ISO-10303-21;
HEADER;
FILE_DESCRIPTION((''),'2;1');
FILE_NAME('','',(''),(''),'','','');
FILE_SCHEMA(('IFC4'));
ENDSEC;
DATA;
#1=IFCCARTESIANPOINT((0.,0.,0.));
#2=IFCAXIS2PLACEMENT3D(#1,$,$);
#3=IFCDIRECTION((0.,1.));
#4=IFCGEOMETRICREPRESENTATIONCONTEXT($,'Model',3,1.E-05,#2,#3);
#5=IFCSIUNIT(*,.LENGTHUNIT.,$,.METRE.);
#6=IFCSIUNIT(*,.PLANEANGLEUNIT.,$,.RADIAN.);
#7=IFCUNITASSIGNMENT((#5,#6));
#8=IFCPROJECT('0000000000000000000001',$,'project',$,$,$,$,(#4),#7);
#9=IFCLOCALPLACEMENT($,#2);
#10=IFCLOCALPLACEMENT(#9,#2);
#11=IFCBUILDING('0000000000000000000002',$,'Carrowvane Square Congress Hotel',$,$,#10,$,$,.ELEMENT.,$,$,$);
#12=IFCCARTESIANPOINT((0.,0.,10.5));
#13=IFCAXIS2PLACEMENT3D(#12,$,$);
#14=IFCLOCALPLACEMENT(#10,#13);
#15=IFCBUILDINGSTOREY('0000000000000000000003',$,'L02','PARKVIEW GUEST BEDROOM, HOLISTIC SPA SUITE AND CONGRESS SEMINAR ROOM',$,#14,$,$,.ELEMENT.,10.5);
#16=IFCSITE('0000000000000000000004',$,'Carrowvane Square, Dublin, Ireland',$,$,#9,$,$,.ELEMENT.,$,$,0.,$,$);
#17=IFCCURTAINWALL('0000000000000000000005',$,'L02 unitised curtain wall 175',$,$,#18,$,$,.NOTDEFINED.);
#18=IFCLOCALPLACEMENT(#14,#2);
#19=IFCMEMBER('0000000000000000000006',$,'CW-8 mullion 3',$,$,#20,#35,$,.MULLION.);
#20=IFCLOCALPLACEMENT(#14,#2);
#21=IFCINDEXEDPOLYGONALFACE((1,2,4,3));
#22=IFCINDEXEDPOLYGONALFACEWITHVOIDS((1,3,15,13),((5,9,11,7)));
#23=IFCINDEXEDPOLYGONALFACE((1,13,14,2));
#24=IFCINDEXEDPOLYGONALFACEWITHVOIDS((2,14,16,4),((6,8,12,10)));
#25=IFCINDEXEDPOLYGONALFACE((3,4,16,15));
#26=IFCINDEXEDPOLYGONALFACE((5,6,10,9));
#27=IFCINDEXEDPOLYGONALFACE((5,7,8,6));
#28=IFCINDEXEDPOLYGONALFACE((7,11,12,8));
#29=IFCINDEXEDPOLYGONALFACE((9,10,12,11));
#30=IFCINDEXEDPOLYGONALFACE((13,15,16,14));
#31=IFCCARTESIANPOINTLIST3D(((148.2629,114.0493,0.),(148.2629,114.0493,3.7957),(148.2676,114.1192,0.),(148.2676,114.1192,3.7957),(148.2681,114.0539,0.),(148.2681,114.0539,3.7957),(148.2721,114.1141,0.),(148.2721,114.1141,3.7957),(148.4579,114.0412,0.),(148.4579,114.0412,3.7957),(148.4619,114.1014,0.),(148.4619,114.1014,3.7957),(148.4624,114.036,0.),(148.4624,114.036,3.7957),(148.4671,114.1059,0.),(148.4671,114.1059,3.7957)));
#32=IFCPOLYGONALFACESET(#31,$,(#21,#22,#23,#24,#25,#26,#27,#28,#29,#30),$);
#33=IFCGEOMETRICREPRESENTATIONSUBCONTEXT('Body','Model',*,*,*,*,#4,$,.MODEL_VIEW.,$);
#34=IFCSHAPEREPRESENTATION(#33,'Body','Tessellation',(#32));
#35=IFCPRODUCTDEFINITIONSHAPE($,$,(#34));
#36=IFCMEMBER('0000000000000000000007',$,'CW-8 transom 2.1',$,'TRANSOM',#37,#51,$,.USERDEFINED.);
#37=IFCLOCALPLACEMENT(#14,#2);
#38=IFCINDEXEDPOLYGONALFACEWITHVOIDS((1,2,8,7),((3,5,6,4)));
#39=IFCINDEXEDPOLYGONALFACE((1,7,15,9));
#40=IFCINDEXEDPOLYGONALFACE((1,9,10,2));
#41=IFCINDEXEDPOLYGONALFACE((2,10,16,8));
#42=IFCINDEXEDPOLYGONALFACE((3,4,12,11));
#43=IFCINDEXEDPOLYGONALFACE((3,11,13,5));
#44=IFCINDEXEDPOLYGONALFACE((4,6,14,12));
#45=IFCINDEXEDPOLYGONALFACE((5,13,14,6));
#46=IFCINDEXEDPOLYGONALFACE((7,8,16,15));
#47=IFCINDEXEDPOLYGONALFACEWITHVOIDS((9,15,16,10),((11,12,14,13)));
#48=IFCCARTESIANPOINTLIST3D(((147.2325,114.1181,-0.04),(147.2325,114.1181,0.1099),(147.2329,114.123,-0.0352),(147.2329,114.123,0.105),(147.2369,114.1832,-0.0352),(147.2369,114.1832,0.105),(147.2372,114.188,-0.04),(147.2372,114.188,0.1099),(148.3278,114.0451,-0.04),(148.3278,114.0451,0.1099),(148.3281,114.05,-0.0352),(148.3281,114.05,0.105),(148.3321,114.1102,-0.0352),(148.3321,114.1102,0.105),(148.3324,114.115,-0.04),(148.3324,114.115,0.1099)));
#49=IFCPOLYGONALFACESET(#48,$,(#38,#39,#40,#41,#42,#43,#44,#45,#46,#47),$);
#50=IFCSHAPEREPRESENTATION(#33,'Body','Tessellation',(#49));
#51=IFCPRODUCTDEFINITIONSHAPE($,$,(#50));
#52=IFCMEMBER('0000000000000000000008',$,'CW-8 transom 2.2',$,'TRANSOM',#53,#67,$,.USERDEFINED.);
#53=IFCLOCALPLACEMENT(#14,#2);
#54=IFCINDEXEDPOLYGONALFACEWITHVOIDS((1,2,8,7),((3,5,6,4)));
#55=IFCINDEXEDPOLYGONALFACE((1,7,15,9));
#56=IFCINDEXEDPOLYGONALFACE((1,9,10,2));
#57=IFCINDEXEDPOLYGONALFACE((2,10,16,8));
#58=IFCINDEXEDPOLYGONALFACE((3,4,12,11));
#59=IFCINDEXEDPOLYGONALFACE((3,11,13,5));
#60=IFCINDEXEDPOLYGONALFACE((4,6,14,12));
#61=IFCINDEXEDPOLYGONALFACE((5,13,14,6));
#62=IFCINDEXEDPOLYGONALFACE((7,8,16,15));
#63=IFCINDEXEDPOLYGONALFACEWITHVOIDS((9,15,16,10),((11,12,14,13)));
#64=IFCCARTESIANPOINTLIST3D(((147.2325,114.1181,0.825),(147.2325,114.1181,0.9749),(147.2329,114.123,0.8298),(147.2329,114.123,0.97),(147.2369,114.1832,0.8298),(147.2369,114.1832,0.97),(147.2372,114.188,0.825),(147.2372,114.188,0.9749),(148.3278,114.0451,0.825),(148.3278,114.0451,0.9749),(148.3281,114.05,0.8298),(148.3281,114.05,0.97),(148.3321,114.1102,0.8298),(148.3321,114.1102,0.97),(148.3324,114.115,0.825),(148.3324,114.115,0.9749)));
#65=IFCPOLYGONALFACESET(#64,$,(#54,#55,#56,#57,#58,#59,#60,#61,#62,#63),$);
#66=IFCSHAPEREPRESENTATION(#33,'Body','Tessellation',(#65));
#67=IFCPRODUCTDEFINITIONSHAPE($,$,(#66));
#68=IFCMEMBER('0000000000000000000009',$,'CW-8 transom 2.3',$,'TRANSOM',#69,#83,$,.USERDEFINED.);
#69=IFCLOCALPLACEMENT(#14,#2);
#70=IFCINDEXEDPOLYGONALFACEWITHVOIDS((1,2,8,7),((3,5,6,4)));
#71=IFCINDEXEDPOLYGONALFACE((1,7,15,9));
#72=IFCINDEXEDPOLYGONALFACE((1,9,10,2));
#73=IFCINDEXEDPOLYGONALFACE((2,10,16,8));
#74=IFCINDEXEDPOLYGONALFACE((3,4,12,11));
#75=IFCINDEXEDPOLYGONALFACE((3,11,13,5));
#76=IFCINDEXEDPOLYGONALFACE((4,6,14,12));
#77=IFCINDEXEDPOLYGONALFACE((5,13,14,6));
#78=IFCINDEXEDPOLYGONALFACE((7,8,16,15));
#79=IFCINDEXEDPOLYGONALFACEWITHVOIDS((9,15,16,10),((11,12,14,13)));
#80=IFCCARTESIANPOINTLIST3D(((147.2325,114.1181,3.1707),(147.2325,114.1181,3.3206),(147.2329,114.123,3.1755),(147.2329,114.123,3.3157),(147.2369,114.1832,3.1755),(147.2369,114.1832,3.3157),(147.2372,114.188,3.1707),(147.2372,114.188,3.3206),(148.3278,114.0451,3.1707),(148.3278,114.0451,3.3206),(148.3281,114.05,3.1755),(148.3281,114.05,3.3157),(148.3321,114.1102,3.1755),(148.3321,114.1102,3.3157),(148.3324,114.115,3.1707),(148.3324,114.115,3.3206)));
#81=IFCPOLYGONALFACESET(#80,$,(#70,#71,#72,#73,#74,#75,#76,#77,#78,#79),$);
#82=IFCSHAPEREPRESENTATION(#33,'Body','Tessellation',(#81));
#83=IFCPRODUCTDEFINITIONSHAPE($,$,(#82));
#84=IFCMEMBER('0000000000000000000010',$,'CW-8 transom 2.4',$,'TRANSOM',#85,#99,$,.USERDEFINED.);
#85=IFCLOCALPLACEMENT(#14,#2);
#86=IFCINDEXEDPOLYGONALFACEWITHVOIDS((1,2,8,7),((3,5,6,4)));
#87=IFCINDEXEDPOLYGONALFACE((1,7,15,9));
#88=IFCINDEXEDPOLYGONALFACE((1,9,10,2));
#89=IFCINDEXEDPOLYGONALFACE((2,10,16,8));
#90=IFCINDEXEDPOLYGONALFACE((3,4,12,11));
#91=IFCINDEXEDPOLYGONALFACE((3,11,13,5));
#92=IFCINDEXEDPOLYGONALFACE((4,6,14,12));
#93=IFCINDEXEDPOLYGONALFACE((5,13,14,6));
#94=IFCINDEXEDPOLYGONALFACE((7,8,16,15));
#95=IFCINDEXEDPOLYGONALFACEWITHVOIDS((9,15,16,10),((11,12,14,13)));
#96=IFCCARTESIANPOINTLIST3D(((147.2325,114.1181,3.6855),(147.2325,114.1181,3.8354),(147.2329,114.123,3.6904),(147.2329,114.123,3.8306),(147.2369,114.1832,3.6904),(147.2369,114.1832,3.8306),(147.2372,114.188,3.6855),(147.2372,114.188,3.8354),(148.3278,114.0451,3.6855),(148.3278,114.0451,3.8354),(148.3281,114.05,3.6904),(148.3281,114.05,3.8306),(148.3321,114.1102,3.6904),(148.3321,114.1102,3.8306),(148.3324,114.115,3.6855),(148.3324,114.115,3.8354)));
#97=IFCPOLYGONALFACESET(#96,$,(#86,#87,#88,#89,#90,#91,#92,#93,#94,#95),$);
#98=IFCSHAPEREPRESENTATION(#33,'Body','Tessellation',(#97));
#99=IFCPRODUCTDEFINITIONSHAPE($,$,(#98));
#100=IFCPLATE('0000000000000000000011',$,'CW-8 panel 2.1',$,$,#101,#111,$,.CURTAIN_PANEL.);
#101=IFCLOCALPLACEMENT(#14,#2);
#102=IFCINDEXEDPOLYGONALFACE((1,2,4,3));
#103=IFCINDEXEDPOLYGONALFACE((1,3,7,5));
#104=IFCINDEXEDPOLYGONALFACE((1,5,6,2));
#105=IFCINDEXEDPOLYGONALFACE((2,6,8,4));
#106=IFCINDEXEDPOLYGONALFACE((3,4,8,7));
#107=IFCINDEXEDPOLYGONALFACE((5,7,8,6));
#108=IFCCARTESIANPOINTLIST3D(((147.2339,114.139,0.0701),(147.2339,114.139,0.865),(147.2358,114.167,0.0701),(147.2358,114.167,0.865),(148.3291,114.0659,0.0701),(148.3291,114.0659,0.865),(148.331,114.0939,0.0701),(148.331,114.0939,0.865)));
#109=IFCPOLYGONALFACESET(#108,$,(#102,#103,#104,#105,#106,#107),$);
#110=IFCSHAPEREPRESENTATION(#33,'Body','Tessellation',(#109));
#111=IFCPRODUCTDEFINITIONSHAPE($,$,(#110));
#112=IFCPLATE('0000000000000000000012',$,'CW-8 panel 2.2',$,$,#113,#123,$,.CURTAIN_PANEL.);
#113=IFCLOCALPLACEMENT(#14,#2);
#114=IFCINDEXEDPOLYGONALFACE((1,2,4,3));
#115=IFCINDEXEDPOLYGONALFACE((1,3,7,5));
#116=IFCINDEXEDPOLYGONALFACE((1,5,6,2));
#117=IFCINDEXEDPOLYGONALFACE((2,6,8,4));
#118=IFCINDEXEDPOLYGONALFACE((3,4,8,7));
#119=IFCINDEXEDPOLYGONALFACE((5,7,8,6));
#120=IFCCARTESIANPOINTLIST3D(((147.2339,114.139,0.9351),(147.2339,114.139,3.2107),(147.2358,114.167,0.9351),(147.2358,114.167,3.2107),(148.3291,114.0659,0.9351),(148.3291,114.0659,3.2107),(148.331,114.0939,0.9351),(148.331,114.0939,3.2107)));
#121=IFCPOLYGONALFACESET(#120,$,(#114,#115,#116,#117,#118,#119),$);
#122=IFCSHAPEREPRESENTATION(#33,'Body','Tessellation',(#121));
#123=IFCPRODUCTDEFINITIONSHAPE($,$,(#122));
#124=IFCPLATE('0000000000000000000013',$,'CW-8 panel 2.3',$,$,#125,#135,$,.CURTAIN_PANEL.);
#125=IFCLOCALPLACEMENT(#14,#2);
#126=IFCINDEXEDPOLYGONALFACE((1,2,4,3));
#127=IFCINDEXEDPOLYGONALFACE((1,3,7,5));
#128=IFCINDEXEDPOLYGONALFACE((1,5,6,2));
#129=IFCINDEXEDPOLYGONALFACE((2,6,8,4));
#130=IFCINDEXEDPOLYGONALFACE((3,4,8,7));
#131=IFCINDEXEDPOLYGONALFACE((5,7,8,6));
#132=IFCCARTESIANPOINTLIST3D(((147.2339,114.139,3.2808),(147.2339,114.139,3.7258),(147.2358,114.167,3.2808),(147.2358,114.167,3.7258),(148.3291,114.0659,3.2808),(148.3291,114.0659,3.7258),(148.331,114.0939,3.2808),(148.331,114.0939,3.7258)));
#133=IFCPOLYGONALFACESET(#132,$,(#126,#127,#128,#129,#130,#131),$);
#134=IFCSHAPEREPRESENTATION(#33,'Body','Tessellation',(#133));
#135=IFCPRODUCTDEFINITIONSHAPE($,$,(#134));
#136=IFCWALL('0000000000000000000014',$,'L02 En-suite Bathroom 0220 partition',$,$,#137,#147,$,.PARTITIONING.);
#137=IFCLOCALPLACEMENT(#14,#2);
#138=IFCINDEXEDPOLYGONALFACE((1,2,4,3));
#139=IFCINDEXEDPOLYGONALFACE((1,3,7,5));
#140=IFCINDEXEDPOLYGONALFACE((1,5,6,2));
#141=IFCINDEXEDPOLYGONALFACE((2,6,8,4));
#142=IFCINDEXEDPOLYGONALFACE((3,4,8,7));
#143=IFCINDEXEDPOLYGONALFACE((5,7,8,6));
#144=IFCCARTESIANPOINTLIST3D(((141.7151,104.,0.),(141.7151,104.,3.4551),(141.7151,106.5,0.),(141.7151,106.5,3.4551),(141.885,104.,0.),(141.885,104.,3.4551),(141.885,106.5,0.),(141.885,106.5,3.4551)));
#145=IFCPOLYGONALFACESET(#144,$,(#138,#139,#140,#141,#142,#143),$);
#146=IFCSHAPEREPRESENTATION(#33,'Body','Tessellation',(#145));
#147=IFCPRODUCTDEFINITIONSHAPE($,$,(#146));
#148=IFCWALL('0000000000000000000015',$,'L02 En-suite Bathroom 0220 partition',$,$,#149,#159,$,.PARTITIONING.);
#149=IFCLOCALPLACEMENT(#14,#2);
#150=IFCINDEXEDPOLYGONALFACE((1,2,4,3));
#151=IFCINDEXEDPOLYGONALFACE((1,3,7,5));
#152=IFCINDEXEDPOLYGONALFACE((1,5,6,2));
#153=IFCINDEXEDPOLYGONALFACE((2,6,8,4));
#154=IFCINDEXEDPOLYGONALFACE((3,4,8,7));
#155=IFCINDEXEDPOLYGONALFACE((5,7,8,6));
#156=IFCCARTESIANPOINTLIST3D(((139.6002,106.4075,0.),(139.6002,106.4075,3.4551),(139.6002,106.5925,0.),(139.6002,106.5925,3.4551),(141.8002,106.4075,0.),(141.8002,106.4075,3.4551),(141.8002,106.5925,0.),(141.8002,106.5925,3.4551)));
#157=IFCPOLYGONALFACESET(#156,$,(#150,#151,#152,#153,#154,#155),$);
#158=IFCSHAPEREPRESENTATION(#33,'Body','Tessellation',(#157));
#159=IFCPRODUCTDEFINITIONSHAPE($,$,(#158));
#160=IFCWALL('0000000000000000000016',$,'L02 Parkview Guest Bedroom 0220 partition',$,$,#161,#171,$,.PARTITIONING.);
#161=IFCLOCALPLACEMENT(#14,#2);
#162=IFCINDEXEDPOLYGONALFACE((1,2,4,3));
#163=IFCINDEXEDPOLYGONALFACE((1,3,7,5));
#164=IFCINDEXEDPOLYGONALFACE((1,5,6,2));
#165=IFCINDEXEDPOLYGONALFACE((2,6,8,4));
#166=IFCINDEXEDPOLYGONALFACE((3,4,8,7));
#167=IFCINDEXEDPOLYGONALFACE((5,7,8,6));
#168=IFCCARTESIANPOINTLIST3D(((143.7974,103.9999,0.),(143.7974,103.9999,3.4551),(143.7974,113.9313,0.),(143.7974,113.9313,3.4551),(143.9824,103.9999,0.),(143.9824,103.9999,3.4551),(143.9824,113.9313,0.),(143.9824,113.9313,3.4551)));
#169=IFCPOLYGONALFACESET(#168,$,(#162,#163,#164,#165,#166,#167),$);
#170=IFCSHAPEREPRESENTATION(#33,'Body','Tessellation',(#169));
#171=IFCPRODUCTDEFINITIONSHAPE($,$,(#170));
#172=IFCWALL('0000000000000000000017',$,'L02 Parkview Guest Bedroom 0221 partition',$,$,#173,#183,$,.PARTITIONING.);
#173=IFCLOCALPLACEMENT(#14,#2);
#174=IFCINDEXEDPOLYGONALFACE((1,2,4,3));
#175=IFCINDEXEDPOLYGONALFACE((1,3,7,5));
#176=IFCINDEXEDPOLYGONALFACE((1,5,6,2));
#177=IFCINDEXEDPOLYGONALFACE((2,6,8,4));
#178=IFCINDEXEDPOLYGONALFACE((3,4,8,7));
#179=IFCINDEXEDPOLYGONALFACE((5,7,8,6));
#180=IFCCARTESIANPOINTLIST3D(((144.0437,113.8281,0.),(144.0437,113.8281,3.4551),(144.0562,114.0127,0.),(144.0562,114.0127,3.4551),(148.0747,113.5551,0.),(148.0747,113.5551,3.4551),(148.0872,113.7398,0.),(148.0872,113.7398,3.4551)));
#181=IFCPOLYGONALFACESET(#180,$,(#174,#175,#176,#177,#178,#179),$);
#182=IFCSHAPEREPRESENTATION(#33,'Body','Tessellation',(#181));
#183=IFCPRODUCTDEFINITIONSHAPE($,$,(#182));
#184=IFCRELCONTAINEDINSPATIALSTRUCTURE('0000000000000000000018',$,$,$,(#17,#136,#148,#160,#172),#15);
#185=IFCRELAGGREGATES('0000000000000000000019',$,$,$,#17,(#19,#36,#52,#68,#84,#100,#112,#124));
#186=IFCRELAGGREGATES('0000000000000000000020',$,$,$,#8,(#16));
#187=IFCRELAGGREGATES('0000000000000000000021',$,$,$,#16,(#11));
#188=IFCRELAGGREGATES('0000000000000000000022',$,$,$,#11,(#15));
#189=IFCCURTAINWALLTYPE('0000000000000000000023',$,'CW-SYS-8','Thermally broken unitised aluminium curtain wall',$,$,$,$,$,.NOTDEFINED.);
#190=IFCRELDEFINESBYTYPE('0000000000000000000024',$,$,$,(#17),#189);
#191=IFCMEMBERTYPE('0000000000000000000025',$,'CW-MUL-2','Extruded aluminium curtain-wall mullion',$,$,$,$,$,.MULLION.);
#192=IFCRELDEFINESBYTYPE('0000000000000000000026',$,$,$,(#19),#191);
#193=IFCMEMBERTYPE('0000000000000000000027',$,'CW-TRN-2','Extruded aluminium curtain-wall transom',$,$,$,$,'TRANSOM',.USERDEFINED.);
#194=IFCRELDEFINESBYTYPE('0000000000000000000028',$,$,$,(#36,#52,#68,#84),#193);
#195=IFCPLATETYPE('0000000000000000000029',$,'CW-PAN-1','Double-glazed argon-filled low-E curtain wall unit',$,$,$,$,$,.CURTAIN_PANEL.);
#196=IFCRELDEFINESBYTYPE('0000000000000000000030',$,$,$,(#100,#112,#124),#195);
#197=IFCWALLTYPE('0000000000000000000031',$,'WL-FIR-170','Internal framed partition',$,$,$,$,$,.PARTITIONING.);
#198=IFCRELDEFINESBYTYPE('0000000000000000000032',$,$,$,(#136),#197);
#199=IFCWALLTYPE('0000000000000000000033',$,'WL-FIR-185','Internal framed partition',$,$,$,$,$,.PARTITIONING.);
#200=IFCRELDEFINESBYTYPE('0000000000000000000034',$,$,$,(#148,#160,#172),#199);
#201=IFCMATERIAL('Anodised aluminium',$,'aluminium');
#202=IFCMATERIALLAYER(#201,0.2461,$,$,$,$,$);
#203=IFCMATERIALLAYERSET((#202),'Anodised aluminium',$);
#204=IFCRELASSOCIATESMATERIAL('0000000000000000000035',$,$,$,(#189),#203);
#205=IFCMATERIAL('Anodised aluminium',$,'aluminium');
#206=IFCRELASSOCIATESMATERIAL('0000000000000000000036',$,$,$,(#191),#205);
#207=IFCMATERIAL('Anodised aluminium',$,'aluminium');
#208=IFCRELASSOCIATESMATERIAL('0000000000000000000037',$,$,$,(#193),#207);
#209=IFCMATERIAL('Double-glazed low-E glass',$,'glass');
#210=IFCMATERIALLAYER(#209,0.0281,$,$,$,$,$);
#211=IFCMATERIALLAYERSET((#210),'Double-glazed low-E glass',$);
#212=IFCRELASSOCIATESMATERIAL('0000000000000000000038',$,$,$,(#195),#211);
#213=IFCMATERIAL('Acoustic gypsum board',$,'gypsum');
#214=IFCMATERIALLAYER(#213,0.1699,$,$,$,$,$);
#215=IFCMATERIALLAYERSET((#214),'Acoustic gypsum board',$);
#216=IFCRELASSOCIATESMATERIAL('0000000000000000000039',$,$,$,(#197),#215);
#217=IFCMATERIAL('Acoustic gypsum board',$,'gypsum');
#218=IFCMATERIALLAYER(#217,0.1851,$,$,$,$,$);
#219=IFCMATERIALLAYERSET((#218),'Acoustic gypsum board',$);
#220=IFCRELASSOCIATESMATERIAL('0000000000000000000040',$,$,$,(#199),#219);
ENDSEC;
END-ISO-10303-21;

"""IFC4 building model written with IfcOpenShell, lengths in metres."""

from ifc_helpers import new_model, si_unit, direction, frame, frame_2d, origin, origin_2d, place, context, subcontext, project, spatial, rectangle, hollow_rectangle, extrude, material, layer, layer_set, material_profile, profile_set, type_object, element, aggregate, save


model = new_model("IFC4")

# Units and contexts
model_context = context("Model", 3, precision=1e-05, world=origin(), true_north=direction((0.0, 1.0)))
body_context = subcontext(model_context, "Body", "Model", "MODEL_VIEW")
ifc_project = project(units=[si_unit("LENGTHUNIT", "METRE"), si_unit("PLANEANGLEUNIT", "RADIAN")], contexts=[model_context])

# Site, building, storey
site_placement = place(None, origin())
site = spatial("IfcSite", under=ifc_project, at=site_placement, Name="Carrowvane Square, Dublin, Ireland", CompositionType="ELEMENT", RefElevation=0.0)
building_placement = place(site_placement, origin())
building = spatial("IfcBuilding", under=site, at=building_placement, Name="Carrowvane Square Congress Hotel", CompositionType="ELEMENT")
storey_placement = place(building_placement, frame((0.0, 0.0, 10.5)))
storey = spatial("IfcBuildingStorey", under=building, at=storey_placement, Name="L02", Description="PARKVIEW GUEST BEDROOM, HOLISTIC SPA SUITE AND CONGRESS SEMINAR ROOM", CompositionType="ELEMENT", Elevation=10.5)

# Curtain wall, members, plates
ifc_material_1 = material(Name="Anodised aluminium", Category="aluminium")
ifc_layer_1 = layer(ifc_material_1, 0.2461)
ifc_layer_set_1 = layer_set([ifc_layer_1], Name="Anodised aluminium")
curtain_wall_type = type_object("IfcCurtainWallType", Name="CW-SYS-8", Description="Thermally broken unitised aluminium curtain wall", PredefinedType="NOTDEFINED", material=ifc_layer_set_1)
curtain_wall_placement = place(storey_placement, origin())
curtain_wall = element("IfcCurtainWall", 1, at=curtain_wall_placement, inside=storey, type_object=curtain_wall_type, Name="L02 unitised curtain wall 175", PredefinedType="NOTDEFINED")
ifc_material_2 = material(Name="Anodised aluminium", Category="aluminium")
ifc_material_profile_1 = material_profile(ifc_material_2, hollow_rectangle(XDim=0.0701, YDim=0.2, WallThickness=0.0049, at=origin_2d()), Name="CW-ML 70x200x5")
ifc_profile_set_1 = profile_set([ifc_material_profile_1], Name="Anodised aluminium")
member_type_1 = type_object("IfcMemberType", Name="CW-MUL-2", Description="Extruded aluminium curtain-wall mullion", PredefinedType="MULLION", material=ifc_profile_set_1)
member_1_placement = place(storey_placement, frame((148.365, 114.0776, 0.0), z_axis=(0.0, 0.0, 1.0), x_axis=(0.066574, 0.997781, 0.0)))
member_1 = element("IfcMember", 2, at=member_1_placement, type_object=member_type_1, Name="CW-8 mullion 3", PredefinedType="MULLION", context=body_context, shape_type="SweptSolid", body=[
    extrude(hollow_rectangle(XDim=0.0701, YDim=0.2, WallThickness=0.0049, at=origin_2d()), origin(), (0.0, 0.0, 1.0), 3.7957),
])
ifc_material_3 = material(Name="Anodised aluminium", Category="aluminium")
ifc_material_profile_2 = material_profile(ifc_material_3, hollow_rectangle(XDim=0.0701, YDim=0.1499, WallThickness=0.0049, at=origin_2d()), Name="CW-TR 70x150x5")
ifc_profile_set_2 = profile_set([ifc_material_profile_2], Name="Anodised aluminium")
member_type_2 = type_object("IfcMemberType", Name="CW-TRN-2", Description="Extruded aluminium curtain-wall transom", ElementType="TRANSOM", PredefinedType="USERDEFINED", material=ifc_profile_set_2)
member_2_placement = place(storey_placement, frame((147.2349, 114.1531, 0.0349), z_axis=(0.997786, -0.066504, 0.0), x_axis=(0.066504, 0.997786, 0.0)))
member_2 = element("IfcMember", 3, at=member_2_placement, type_object=member_type_2, Name="CW-8 transom 2.1", ObjectType="TRANSOM", PredefinedType="USERDEFINED", context=body_context, shape_type="SweptSolid", body=[
    extrude(hollow_rectangle(XDim=0.0701, YDim=0.1499, WallThickness=0.0049, at=origin_2d()), origin(), (0.0, 0.0, 1.0), 1.0977),
])
member_3_placement = place(storey_placement, frame((147.2349, 114.1531, 0.8999), z_axis=(0.997786, -0.066504, 0.0), x_axis=(0.066504, 0.997786, 0.0)))
member_3 = element("IfcMember", 4, at=member_3_placement, type_object=member_type_2, Name="CW-8 transom 2.2", ObjectType="TRANSOM", PredefinedType="USERDEFINED", context=body_context, shape_type="SweptSolid", body=[
    extrude(hollow_rectangle(XDim=0.0701, YDim=0.1499, WallThickness=0.0049, at=origin_2d()), origin(), (0.0, 0.0, 1.0), 1.0977),
])
member_4_placement = place(storey_placement, frame((147.2349, 114.1531, 3.2456), z_axis=(0.997786, -0.066504, 0.0), x_axis=(0.066504, 0.997786, 0.0)))
member_4 = element("IfcMember", 5, at=member_4_placement, type_object=member_type_2, Name="CW-8 transom 2.3", ObjectType="TRANSOM", PredefinedType="USERDEFINED", context=body_context, shape_type="SweptSolid", body=[
    extrude(hollow_rectangle(XDim=0.0701, YDim=0.1499, WallThickness=0.0049, at=origin_2d()), origin(), (0.0, 0.0, 1.0), 1.0977),
])
member_5_placement = place(storey_placement, frame((147.2349, 114.1531, 3.7605), z_axis=(0.997786, -0.066504, 0.0), x_axis=(0.066504, 0.997786, 0.0)))
member_5 = element("IfcMember", 6, at=member_5_placement, type_object=member_type_2, Name="CW-8 transom 2.4", ObjectType="TRANSOM", PredefinedType="USERDEFINED", context=body_context, shape_type="SweptSolid", body=[
    extrude(hollow_rectangle(XDim=0.0701, YDim=0.1499, WallThickness=0.0049, at=origin_2d()), origin(), (0.0, 0.0, 1.0), 1.0977),
])
ifc_material_4 = material(Name="Double-glazed low-E glass", Category="glass")
ifc_layer_2 = layer(ifc_material_4, 0.0281)
ifc_layer_set_2 = layer_set([ifc_layer_2], Name="Double-glazed low-E glass")
plate_type = type_object("IfcPlateType", Name="CW-PAN-1", Description="Double-glazed argon-filled low-E curtain wall unit", PredefinedType="CURTAIN_PANEL", material=ifc_layer_set_2)
plate_1_placement = place(storey_placement, frame((147.7825, 114.1165, 0.0701), z_axis=(0.0, 0.0, 1.0), x_axis=(0.997781, -0.066574, 0.0)))
plate_1 = element("IfcPlate", 7, at=plate_1_placement, type_object=plate_type, Name="CW-8 panel 2.1", PredefinedType="CURTAIN_PANEL", context=body_context, shape_type="SweptSolid", body=[
    extrude(rectangle(XDim=1.0977, YDim=0.0281, at=origin_2d()), origin(), (0.0, 0.0, 1.0), 0.7949),
])
plate_2_placement = place(storey_placement, frame((147.7825, 114.1165, 0.9351), z_axis=(0.0, 0.0, 1.0), x_axis=(0.997781, -0.066574, 0.0)))
plate_2 = element("IfcPlate", 8, at=plate_2_placement, type_object=plate_type, Name="CW-8 panel 2.2", PredefinedType="CURTAIN_PANEL", context=body_context, shape_type="SweptSolid", body=[
    extrude(rectangle(XDim=1.0977, YDim=0.0281, at=origin_2d()), origin(), (0.0, 0.0, 1.0), 2.2756),
])
plate_3_placement = place(storey_placement, frame((147.7825, 114.1165, 3.2808), z_axis=(0.0, 0.0, 1.0), x_axis=(0.997781, -0.066574, 0.0)))
plate_3 = element("IfcPlate", 9, at=plate_3_placement, type_object=plate_type, Name="CW-8 panel 2.3", PredefinedType="CURTAIN_PANEL", context=body_context, shape_type="SweptSolid", body=[
    extrude(rectangle(XDim=1.0977, YDim=0.0281, at=origin_2d()), origin(), (0.0, 0.0, 1.0), 0.4451),
])
aggregate(curtain_wall, [member_1, member_2, member_3, member_4, member_5, plate_1, plate_2, plate_3])

# Walls
ifc_material_5 = material(Name="Acoustic gypsum board", Category="gypsum")
ifc_layer_3 = layer(ifc_material_5, 0.1699)
ifc_layer_set_3 = layer_set([ifc_layer_3], Name="Acoustic gypsum board")
wall_type_1 = type_object("IfcWallType", Name="WL-FIR-170", Description="Internal framed partition", PredefinedType="PARTITIONING", material=ifc_layer_set_3)
wall_1_placement = place(storey_placement, frame((141.8, 106.5, 0.0), z_axis=(0.0, 0.0, 1.0), x_axis=(0.0, -1.0, 0.0)))
element("IfcWall", 10, at=wall_1_placement, inside=storey, type_object=wall_type_1, Name="L02 En-suite Bathroom 0220 partition", PredefinedType="PARTITIONING", context=body_context, shape_type="SweptSolid", body=[
    extrude(rectangle(XDim=2.5, YDim=0.1699, at=frame_2d((1.25, 0.0))), origin(), (0.0, 0.0, 1.0), 3.4551),
])
ifc_material_6 = material(Name="Acoustic gypsum board", Category="gypsum")
ifc_layer_4 = layer(ifc_material_6, 0.1851)
ifc_layer_set_4 = layer_set([ifc_layer_4], Name="Acoustic gypsum board")
wall_type_2 = type_object("IfcWallType", Name="WL-FIR-185", Description="Internal framed partition", PredefinedType="PARTITIONING", material=ifc_layer_set_4)
wall_2_placement = place(storey_placement, frame((139.6001, 106.5, 0.0), z_axis=(0.0, 0.0, 1.0), x_axis=(1.0, 0.0, 0.0)))
element("IfcWall", 11, at=wall_2_placement, inside=storey, type_object=wall_type_2, Name="L02 En-suite Bathroom 0220 partition", PredefinedType="PARTITIONING", context=body_context, shape_type="SweptSolid", body=[
    extrude(rectangle(XDim=2.2, YDim=0.1851, at=frame_2d((1.1001, 0.0))), origin(), (0.0, 0.0, 1.0), 3.4551),
])
wall_3_placement = place(storey_placement, frame((143.8899, 113.9314, 0.0), z_axis=(0.0, 0.0, 1.0), x_axis=(0.0, -1.0, 0.0)))
element("IfcWall", 12, at=wall_3_placement, inside=storey, type_object=wall_type_2, Name="L02 Parkview Guest Bedroom 0220 partition", PredefinedType="PARTITIONING", context=body_context, shape_type="SweptSolid", body=[
    extrude(rectangle(XDim=9.9314, YDim=0.1851, at=frame_2d((4.9658, 0.0))), origin(), (0.0, 0.0, 1.0), 3.4551),
])
wall_4_placement = place(storey_placement, frame((144.05, 113.9204, 0.0), z_axis=(0.0, 0.0, 1.0), x_axis=(0.997715, -0.067558, 0.0)))
element("IfcWall", 13, at=wall_4_placement, inside=storey, type_object=wall_type_2, Name="L02 Parkview Guest Bedroom 0221 partition", PredefinedType="PARTITIONING", context=body_context, shape_type="SweptSolid", body=[
    extrude(rectangle(XDim=4.0403, YDim=0.1851, at=frame_2d((2.02, 0.0))), origin(), (0.0, 0.0, 1.0), 3.4551),
])

save(model, "model.ifc")
